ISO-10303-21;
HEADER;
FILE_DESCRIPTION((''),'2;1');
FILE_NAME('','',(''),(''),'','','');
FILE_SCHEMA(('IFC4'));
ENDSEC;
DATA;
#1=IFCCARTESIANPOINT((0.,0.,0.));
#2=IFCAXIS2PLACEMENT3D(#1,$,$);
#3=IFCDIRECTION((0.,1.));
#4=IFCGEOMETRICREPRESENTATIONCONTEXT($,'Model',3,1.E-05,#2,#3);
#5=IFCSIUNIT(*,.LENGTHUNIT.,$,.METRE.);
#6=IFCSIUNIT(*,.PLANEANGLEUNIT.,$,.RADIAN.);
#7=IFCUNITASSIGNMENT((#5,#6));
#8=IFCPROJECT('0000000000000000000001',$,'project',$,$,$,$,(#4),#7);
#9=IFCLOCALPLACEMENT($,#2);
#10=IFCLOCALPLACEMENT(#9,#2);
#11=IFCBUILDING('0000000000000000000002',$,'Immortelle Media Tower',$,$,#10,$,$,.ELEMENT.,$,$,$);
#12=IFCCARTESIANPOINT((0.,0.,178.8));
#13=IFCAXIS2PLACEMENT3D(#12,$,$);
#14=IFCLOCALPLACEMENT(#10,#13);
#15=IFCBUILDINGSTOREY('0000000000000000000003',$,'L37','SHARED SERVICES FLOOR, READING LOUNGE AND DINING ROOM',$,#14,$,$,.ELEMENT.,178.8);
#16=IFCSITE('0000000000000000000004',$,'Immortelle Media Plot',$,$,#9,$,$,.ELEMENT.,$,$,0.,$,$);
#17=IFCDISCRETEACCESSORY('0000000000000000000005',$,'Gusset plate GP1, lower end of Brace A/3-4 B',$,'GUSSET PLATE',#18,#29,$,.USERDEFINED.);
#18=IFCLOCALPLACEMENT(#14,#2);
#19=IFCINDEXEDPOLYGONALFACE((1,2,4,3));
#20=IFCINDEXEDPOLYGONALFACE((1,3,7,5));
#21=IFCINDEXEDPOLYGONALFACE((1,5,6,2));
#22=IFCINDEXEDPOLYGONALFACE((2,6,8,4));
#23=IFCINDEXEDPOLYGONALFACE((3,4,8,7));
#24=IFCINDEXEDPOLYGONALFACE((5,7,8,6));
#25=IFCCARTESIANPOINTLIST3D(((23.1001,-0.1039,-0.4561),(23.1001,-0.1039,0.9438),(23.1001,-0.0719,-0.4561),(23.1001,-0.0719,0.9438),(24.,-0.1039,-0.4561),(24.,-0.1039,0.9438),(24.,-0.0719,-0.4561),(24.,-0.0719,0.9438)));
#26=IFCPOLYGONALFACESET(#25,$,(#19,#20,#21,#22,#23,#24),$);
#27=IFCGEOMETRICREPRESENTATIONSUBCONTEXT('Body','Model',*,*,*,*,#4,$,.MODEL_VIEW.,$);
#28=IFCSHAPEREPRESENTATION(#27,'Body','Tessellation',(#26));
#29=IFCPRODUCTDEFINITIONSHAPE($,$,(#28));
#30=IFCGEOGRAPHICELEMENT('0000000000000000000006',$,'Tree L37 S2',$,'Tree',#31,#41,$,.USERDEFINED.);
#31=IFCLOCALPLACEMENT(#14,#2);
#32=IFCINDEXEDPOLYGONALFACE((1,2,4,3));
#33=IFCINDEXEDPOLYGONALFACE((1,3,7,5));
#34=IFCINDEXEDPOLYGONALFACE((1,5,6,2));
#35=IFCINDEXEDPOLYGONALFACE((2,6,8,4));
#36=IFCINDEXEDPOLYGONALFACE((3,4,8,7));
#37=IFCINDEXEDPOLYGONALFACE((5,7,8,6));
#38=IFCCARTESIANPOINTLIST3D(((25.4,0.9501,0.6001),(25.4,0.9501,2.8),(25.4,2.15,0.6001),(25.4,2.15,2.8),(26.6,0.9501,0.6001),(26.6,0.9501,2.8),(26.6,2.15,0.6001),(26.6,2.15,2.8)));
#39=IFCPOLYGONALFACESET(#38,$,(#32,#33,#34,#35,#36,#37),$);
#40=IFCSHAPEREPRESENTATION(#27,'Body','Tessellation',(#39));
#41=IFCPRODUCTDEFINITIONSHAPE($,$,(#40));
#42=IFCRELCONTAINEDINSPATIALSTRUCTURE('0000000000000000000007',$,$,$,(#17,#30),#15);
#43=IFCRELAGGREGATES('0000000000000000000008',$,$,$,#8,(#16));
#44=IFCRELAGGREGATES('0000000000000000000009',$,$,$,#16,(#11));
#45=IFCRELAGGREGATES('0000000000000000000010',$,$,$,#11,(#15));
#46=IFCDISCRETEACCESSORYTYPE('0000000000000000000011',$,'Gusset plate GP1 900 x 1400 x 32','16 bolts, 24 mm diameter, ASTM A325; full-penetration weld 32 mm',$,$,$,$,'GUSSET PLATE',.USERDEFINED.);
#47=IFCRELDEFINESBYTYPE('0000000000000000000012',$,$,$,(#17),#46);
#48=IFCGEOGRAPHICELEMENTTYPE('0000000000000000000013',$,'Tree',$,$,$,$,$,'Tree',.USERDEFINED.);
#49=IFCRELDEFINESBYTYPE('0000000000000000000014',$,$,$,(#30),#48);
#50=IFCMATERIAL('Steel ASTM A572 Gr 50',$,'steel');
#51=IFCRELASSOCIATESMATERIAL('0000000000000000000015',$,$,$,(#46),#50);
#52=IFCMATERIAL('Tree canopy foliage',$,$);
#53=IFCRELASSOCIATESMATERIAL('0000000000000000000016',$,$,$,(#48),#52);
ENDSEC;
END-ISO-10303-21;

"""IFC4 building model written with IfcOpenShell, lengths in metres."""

from ifc_helpers import new_model, si_unit, direction, frame, origin, origin_2d, place, context, subcontext, project, spatial, rectangle, extrude, material, material_profile, profile_set, type_object, element, save


model = new_model("IFC4")

# Units and contexts
model_context = context("Model", 3, precision=1e-05, world=origin(), true_north=direction((0.0, 1.0)))
body_context = subcontext(model_context, "Body", "Model", "MODEL_VIEW")
ifc_project = project(units=[si_unit("LENGTHUNIT", "METRE"), si_unit("PLANEANGLEUNIT", "RADIAN")], contexts=[model_context])

# Site, building, storey
site_placement = place(None, origin())
site = spatial("IfcSite", under=ifc_project, at=site_placement, Name="Immortelle Media Plot", CompositionType="ELEMENT", RefElevation=0.0)
building_placement = place(site_placement, origin())
building = spatial("IfcBuilding", under=site, at=building_placement, Name="Immortelle Media Tower", CompositionType="ELEMENT")
storey_placement = place(building_placement, frame((0.0, 0.0, 178.8)))
storey = spatial("IfcBuildingStorey", under=building, at=storey_placement, Name="L37", Description="SHARED SERVICES FLOOR, READING LOUNGE AND DINING ROOM", CompositionType="ELEMENT", Elevation=178.8)

# Discrete accessory
ifc_material_1 = material(Name="Steel ASTM A572 Gr 50", Category="steel")
ifc_material_profile_1 = material_profile(ifc_material_1, rectangle(XDim=0.032, YDim=1.3999, at=origin_2d()), Name="PL 32 x 1400")
ifc_profile_set_1 = profile_set([ifc_material_profile_1], Name="Steel ASTM A572 Gr 50")
discrete_accessory_type_1 = type_object("IfcDiscreteAccessoryType", Name="Gusset plate GP1 900 x 1400 x 32", Description="16 bolts, 24 mm diameter, ASTM A325; full-penetration weld 32 mm", ElementType="GUSSET PLATE", PredefinedType="USERDEFINED", material=ifc_profile_set_1)
for number, where, z_axis, x_axis, name in (
    (1, (24.0, -0.0879, 0.2439), (-1.0, 0.0, 0.0), (0.0, -1.0, 0.0), "Gusset plate GP1, lower end of Brace A/3-4 B"),
):
    element("IfcDiscreteAccessory", number, at=place(storey_placement, frame(where, z_axis=z_axis, x_axis=x_axis)), inside=storey, type_object=discrete_accessory_type_1, Name=name, ObjectType="GUSSET PLATE", PredefinedType="USERDEFINED", context=body_context, shape_type="SweptSolid", body=[
        extrude(rectangle(XDim=0.032, YDim=1.3999, at=origin_2d()), origin(), (0.0, 0.0, 1.0), 0.8999),
    ])

# Geographic element
ifc_material_2 = material(Name="Tree canopy foliage")
geographic_element_type = type_object("IfcGeographicElementType", Name="Tree", ElementType="Tree", PredefinedType="USERDEFINED", material=ifc_material_2)
geographic_element_placement = place(storey_placement, frame((26.0, 1.55, 0.6001), z_axis=(0.0, 0.0, 1.0), x_axis=(1.0, 0.0, 0.0)))
element("IfcGeographicElement", 2, at=geographic_element_placement, inside=storey, type_object=geographic_element_type, Name="Tree L37 S2", ObjectType="Tree", PredefinedType="USERDEFINED", context=body_context, shape_type="SweptSolid", body=[
    extrude(rectangle(XDim=1.2, YDim=1.2, at=origin_2d()), origin(), (0.0, 0.0, 1.0), 2.2),
])

save(model, "model.ifc")
